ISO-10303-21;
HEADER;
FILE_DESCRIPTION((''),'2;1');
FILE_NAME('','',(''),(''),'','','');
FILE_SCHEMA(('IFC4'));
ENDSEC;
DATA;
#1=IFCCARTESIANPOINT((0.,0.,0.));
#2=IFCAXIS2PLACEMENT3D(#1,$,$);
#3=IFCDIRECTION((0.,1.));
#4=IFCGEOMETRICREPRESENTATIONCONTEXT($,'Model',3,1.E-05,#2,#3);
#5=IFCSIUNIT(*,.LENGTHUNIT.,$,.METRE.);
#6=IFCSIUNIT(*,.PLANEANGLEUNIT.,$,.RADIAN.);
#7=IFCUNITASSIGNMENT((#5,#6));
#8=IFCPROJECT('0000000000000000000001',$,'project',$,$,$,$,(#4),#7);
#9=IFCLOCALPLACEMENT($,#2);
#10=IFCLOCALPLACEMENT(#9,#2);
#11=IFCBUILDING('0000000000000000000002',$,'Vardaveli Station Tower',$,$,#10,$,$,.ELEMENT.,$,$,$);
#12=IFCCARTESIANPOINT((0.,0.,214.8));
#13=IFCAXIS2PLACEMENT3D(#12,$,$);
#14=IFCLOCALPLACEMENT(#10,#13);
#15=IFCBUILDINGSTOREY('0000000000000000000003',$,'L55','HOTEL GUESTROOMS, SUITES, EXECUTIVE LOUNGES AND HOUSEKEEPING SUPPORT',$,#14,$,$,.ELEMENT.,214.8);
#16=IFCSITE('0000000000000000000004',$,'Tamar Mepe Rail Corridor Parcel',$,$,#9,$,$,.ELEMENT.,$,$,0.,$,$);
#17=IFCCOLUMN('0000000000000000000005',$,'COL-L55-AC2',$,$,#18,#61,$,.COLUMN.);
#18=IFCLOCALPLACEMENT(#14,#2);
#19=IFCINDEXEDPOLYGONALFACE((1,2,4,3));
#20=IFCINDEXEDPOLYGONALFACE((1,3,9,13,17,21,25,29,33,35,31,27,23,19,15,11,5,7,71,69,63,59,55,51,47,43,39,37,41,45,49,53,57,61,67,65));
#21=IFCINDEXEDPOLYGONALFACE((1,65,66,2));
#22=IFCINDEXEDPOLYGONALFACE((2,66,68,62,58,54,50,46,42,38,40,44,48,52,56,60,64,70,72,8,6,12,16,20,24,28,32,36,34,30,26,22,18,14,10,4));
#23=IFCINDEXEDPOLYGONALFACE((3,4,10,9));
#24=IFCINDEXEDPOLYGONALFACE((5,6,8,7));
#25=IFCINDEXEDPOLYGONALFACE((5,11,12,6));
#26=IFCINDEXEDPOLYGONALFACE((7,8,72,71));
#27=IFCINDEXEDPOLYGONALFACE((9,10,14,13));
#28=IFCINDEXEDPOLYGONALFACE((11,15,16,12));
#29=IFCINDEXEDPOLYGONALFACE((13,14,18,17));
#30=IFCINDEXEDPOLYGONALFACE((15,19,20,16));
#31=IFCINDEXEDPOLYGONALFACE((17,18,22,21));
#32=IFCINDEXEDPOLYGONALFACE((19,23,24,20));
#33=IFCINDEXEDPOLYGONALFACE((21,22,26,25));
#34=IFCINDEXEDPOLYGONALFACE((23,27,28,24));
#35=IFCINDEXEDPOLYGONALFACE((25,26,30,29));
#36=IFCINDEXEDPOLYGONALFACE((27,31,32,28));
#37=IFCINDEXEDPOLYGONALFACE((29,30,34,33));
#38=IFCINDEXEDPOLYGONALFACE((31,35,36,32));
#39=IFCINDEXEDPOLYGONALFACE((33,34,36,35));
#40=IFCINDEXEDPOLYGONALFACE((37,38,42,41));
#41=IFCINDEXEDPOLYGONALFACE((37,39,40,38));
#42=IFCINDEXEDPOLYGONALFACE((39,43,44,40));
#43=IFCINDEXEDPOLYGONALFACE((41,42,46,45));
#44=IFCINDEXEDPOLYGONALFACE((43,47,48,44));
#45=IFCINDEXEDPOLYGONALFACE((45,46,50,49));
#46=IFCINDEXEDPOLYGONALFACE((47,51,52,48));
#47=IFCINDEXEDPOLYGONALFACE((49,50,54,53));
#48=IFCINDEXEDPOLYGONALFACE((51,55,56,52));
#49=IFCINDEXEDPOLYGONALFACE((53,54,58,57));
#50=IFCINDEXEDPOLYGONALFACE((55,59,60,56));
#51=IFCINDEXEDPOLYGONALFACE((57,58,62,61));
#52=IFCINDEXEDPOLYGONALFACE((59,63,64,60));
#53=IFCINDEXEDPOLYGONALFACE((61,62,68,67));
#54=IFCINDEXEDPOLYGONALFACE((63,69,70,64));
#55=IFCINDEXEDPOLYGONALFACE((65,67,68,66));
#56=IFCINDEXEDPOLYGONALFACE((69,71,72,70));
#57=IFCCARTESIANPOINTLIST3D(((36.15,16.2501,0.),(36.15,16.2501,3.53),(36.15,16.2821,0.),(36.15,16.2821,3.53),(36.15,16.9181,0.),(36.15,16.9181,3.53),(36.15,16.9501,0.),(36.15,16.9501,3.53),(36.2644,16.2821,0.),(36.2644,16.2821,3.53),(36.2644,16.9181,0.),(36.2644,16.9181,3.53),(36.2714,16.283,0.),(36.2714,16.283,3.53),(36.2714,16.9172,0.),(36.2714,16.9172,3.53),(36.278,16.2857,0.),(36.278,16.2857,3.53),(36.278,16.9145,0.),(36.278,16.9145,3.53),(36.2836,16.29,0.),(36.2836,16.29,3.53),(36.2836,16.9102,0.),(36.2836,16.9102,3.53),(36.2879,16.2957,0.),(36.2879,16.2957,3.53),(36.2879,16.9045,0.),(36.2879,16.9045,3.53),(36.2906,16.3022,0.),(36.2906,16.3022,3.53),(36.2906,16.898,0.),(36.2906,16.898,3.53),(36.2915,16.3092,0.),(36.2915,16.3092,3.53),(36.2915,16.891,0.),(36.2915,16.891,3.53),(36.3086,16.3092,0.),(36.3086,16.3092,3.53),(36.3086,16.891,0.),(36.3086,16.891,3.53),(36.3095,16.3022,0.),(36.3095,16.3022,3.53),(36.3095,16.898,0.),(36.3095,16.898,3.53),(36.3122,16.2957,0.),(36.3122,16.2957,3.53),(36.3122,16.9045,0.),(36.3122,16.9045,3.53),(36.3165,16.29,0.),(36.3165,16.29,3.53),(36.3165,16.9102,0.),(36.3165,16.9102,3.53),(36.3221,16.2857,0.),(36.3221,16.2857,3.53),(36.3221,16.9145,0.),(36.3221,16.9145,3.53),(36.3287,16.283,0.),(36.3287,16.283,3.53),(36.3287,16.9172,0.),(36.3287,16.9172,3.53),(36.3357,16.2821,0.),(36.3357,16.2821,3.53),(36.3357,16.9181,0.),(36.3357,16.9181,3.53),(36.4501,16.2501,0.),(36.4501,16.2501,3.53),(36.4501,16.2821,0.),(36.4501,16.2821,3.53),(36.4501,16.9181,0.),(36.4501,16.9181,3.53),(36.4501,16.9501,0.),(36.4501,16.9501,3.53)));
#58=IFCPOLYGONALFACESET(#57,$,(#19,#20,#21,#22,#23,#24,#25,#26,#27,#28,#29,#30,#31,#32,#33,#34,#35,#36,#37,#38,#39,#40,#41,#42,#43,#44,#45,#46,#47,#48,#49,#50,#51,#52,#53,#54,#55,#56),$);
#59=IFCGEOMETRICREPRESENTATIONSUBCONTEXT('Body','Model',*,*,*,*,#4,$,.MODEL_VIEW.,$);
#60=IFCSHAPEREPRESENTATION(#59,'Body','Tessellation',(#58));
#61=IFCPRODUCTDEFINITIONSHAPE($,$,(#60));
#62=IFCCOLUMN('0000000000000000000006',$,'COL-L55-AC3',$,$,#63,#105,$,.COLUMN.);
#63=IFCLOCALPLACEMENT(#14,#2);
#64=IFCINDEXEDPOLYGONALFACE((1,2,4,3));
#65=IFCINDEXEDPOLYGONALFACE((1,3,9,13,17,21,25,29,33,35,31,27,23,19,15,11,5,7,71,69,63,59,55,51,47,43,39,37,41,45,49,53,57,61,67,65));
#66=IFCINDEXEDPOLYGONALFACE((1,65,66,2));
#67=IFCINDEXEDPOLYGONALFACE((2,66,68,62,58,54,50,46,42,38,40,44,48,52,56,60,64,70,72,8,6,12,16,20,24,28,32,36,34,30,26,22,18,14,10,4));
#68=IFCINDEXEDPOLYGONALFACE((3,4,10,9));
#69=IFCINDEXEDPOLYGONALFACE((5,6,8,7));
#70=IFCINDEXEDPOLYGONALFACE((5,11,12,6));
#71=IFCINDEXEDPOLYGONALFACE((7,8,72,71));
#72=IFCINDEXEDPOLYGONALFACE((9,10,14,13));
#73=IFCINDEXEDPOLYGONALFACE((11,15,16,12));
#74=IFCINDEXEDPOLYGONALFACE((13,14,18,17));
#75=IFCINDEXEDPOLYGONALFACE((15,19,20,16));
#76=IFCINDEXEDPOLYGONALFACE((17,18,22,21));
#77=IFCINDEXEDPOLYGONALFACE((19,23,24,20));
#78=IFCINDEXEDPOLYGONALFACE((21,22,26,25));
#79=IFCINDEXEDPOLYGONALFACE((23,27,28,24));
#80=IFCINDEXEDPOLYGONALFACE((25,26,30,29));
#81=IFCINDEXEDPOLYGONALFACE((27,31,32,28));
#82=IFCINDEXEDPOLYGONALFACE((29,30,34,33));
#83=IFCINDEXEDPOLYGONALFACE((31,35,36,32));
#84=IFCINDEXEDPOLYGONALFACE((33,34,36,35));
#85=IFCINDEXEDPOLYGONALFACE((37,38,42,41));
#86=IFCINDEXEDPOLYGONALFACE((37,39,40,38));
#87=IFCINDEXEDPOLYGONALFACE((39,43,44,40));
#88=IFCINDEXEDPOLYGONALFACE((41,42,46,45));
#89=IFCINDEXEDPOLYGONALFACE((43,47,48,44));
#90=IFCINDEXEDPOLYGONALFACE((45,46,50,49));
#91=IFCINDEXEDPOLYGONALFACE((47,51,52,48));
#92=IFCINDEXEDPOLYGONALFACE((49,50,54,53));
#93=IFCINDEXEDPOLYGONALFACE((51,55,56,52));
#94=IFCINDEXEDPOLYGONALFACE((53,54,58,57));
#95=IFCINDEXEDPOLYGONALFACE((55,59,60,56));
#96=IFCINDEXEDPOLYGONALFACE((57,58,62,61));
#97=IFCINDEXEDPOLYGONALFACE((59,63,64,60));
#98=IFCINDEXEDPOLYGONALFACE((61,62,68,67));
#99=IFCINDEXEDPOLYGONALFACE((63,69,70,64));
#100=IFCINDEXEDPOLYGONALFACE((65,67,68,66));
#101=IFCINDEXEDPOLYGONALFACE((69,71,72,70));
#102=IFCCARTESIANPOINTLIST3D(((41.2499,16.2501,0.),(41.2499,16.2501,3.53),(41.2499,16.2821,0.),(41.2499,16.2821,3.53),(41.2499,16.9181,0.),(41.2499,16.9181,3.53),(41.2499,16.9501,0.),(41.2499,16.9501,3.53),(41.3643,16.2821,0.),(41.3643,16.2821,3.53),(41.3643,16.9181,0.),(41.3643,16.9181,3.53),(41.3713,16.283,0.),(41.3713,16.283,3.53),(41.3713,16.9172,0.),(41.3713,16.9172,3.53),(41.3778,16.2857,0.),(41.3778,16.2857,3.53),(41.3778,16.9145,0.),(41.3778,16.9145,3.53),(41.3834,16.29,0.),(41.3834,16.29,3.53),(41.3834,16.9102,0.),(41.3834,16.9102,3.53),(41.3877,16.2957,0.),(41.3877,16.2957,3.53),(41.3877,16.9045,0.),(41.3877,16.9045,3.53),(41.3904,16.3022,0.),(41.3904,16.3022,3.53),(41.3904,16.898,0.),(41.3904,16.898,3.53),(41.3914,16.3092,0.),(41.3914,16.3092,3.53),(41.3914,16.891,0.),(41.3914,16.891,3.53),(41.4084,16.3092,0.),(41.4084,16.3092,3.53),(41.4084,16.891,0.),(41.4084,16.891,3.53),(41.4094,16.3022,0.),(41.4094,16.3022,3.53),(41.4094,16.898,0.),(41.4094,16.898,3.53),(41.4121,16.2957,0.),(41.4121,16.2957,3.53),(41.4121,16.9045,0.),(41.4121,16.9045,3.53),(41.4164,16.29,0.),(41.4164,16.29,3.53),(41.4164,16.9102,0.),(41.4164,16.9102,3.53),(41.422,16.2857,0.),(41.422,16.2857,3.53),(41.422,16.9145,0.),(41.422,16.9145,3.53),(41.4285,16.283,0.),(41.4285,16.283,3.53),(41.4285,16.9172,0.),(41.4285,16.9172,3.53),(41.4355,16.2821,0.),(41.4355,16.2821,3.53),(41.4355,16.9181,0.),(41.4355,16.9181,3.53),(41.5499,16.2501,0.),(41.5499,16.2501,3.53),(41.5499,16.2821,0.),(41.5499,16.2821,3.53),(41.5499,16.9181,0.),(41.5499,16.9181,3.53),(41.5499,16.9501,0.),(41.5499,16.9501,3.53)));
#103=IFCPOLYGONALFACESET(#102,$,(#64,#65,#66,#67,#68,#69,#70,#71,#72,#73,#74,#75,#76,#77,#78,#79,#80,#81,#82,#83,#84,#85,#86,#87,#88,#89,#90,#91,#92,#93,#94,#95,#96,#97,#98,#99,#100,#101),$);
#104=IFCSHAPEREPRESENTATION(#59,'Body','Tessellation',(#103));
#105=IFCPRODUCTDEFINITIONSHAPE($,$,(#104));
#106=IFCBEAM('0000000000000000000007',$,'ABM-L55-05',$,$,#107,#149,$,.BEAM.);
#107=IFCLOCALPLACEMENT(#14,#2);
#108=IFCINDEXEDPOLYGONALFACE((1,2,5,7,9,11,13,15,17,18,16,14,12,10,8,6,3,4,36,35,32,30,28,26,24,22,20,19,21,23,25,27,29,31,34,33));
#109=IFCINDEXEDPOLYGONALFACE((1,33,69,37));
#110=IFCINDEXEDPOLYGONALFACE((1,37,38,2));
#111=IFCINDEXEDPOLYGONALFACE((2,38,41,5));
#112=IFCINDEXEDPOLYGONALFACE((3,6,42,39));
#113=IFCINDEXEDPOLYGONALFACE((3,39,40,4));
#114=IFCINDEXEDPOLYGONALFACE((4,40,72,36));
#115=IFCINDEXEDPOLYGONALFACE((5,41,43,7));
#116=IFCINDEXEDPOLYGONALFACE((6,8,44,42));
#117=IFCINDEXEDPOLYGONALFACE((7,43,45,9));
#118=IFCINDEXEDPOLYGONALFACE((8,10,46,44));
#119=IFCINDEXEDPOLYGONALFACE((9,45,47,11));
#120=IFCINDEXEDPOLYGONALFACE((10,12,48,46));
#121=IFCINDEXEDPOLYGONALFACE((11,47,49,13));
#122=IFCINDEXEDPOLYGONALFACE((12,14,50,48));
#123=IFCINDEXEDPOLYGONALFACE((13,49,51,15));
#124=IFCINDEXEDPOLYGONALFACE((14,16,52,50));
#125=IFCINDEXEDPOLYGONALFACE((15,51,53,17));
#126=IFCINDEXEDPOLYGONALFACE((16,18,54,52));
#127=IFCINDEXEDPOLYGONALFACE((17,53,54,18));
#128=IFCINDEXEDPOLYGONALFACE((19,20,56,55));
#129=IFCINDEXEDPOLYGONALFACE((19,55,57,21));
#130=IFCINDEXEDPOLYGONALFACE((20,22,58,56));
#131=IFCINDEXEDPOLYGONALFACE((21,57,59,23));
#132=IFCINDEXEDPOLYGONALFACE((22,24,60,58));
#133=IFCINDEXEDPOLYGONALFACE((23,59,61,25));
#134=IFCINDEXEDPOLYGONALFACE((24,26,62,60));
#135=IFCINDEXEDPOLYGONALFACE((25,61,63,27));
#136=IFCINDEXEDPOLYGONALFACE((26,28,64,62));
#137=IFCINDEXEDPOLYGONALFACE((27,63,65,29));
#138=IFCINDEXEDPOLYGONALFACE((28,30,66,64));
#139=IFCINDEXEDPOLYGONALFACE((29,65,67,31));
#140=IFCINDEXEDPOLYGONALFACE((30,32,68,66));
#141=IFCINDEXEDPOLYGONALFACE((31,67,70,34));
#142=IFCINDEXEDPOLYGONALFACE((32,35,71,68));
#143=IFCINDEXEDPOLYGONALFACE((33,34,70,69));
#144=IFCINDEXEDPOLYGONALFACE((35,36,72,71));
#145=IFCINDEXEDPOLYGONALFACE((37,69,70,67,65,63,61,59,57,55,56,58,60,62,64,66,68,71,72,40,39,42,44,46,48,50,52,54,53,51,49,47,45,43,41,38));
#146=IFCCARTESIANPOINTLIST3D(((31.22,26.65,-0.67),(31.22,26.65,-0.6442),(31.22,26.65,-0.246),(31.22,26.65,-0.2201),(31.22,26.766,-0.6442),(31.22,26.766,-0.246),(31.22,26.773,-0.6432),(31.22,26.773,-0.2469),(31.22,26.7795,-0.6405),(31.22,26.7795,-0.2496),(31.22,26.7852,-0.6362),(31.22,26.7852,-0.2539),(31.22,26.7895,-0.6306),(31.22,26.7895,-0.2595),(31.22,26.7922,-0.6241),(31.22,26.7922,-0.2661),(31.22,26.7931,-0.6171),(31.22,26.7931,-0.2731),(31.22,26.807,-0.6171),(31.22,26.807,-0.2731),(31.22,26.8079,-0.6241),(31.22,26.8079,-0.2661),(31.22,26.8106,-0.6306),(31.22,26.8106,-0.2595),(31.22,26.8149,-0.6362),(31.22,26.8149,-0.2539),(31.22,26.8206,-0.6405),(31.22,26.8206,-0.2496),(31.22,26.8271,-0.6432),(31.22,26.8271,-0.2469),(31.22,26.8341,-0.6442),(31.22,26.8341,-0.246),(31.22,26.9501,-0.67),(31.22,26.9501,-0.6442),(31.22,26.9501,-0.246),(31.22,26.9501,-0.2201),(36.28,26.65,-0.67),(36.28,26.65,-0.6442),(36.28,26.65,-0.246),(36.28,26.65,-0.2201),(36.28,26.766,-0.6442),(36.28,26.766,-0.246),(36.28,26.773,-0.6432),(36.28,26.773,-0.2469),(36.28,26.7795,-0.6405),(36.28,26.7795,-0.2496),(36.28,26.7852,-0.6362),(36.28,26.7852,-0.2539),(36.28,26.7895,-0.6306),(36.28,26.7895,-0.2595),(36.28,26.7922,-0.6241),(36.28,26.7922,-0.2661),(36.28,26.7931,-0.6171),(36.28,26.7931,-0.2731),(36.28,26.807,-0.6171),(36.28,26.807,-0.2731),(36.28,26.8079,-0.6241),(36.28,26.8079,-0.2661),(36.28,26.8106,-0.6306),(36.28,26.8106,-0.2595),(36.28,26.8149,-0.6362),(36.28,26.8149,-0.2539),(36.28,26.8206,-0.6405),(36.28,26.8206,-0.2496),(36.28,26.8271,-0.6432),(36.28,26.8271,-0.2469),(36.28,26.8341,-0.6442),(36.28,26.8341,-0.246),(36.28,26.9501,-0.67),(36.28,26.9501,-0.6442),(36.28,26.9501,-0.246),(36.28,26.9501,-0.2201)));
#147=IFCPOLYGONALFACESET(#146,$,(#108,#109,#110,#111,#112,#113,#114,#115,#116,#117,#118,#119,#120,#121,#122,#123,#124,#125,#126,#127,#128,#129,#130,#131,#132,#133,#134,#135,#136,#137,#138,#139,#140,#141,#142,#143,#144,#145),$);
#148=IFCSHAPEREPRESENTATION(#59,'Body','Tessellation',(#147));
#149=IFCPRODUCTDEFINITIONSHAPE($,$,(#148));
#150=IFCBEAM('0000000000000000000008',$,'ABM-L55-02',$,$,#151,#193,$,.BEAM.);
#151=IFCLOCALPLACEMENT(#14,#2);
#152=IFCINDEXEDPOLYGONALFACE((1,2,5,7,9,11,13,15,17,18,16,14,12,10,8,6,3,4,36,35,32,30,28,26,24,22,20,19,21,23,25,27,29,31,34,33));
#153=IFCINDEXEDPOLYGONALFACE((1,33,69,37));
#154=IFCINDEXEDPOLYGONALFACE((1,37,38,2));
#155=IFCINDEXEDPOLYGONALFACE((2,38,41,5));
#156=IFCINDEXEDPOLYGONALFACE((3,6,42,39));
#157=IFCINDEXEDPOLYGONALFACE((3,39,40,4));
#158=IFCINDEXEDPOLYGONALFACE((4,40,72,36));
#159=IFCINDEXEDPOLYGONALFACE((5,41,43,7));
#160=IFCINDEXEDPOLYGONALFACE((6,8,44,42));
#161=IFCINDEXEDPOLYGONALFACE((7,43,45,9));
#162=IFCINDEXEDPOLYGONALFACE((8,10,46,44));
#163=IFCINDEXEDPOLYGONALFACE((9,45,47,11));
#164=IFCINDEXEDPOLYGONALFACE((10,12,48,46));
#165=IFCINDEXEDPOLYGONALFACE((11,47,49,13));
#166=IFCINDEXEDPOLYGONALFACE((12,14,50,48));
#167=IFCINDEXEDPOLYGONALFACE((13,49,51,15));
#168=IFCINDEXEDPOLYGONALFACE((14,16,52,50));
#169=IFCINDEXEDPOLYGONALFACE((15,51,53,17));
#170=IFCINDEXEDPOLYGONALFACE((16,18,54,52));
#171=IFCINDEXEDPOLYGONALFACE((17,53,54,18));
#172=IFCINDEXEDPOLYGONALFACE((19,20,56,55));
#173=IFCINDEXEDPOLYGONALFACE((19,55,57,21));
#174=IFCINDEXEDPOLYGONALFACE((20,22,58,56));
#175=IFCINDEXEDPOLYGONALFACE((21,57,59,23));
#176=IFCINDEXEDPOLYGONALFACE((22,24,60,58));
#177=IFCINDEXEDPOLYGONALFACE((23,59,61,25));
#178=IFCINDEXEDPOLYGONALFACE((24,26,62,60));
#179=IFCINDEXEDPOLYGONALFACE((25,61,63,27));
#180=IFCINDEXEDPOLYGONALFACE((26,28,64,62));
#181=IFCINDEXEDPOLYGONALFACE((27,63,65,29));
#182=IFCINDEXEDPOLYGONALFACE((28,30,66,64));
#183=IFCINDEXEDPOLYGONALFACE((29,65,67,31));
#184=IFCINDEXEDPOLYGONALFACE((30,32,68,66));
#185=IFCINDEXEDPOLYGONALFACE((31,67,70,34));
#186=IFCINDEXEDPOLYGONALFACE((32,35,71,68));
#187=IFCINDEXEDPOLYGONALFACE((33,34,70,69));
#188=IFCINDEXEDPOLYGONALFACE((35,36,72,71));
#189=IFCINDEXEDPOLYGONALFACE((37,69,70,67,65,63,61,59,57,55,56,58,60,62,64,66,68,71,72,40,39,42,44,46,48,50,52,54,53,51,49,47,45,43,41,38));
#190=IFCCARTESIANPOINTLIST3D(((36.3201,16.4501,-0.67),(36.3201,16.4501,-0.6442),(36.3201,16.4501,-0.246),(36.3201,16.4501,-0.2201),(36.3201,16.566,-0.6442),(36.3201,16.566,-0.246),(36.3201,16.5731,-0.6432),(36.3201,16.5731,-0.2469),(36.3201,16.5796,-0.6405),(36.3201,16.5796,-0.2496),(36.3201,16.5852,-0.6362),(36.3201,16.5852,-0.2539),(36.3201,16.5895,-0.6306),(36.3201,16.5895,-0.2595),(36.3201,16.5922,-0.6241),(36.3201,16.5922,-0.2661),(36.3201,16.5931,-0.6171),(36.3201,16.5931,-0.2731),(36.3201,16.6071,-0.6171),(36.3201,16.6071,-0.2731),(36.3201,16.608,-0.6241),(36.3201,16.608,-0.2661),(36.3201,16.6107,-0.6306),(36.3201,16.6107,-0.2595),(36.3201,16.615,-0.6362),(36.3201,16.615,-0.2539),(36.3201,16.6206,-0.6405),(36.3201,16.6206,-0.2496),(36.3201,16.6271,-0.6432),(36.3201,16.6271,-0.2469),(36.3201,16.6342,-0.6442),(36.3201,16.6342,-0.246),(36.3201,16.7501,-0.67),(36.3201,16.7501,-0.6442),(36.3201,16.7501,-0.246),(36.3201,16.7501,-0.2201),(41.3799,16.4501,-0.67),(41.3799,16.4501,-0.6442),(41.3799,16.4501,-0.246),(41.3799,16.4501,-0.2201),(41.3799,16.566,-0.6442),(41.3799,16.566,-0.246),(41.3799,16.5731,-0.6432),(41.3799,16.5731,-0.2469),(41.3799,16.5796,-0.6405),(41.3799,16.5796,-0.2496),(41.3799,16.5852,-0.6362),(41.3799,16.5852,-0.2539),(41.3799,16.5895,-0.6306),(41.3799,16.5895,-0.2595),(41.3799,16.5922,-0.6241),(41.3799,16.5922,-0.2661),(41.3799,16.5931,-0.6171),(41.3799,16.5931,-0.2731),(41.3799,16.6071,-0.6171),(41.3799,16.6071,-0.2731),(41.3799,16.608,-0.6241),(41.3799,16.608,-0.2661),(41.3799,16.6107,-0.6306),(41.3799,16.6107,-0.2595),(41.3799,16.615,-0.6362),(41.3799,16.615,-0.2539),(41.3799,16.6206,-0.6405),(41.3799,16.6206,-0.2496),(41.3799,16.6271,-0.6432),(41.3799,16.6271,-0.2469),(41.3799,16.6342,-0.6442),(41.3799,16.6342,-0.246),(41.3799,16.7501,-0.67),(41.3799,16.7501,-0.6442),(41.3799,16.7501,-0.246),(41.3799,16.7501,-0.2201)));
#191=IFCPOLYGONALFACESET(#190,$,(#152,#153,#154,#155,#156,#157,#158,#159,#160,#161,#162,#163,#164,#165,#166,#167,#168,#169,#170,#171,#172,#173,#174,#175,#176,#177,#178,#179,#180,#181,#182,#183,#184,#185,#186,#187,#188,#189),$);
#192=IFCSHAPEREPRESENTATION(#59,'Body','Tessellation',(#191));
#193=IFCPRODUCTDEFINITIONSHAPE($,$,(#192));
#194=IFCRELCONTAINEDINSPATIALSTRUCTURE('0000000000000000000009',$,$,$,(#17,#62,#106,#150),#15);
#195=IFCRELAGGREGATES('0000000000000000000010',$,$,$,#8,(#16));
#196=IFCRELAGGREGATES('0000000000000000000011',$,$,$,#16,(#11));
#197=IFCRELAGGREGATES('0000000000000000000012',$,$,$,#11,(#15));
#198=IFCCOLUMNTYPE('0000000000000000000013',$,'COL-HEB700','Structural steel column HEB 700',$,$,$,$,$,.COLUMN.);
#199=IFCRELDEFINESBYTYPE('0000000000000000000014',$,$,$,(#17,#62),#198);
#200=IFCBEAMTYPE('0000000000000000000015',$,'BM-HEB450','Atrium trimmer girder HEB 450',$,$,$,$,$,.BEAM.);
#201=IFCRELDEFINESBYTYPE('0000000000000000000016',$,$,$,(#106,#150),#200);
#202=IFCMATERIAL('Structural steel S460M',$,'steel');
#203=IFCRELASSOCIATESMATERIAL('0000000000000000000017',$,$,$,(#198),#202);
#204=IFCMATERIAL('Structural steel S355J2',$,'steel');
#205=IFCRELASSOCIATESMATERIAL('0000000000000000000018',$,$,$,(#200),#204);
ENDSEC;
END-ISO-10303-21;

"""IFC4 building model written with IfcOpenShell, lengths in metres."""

from ifc_helpers import new_model, si_unit, direction, frame, origin, origin_2d, place, context, subcontext, project, spatial, i_section, extrude, source, transform, mapped, material, material_profile, profile_set, type_object, element, save


model = new_model("IFC4")

# Units and contexts
model_context = context("Model", 3, precision=1e-05, world=origin(), true_north=direction((0.0, 1.0)))
body_context = subcontext(model_context, "Body", "Model", "MODEL_VIEW")
ifc_project = project(units=[si_unit("LENGTHUNIT", "METRE"), si_unit("PLANEANGLEUNIT", "RADIAN")], contexts=[model_context])

# Site, building, storey
site_placement = place(None, origin())
site = spatial("IfcSite", under=ifc_project, at=site_placement, Name="Tamar Mepe Rail Corridor Parcel", CompositionType="ELEMENT", RefElevation=0.0)
building_placement = place(site_placement, origin())
building = spatial("IfcBuilding", under=site, at=building_placement, Name="Vardaveli Station Tower", CompositionType="ELEMENT")
storey_placement = place(building_placement, frame((0.0, 0.0, 214.8)))
storey = spatial("IfcBuildingStorey", under=building, at=storey_placement, Name="L55", Description="HOTEL GUESTROOMS, SUITES, EXECUTIVE LOUNGES AND HOUSEKEEPING SUPPORT", CompositionType="ELEMENT", Elevation=214.8)

# Columns
ifc_material_1 = material(Name="Structural steel S460M", Category="steel")
ifc_material_profile_1 = material_profile(ifc_material_1, i_section(OverallWidth=0.3, OverallDepth=0.7, WebThickness=0.0171, FlangeThickness=0.032, FilletRadius=0.0271, at=origin_2d()), Name="HEB 700")
ifc_profile_set_1 = profile_set([ifc_material_profile_1], Name="Structural steel S460M")
column_type = type_object("IfcColumnType", Name="COL-HEB700", Description="Structural steel column HEB 700", PredefinedType="COLUMN", material=ifc_profile_set_1)
shared_shape_1 = source(origin(), body_context, "Body", "SweptSolid", [
    extrude(i_section(OverallWidth=0.3, OverallDepth=0.7, WebThickness=0.0171, FlangeThickness=0.032, FilletRadius=0.0271, at=origin_2d()), origin(), (0.0, 0.0, 1.0), 3.53),
])
for number, where, z_axis, x_axis, name in (
    (1, (36.3, 16.6001, 0.0), (0.0, 0.0, 1.0), (1.0, 0.0, 0.0), "COL-L55-AC2"),
    (2, (41.3999, 16.6001, 0.0), (0.0, 0.0, 1.0), (1.0, 0.0, 0.0), "COL-L55-AC3"),
):
    element("IfcColumn", number, at=place(storey_placement, frame(where, z_axis=z_axis, x_axis=x_axis)), inside=storey, type_object=column_type, Name=name, PredefinedType="COLUMN", context=body_context, shape_type="MappedRepresentation", body=[
        mapped(shared_shape_1, transform((0.0, 0.0, 0.0), scale=1.0)),
    ])

# Beams
ifc_material_2 = material(Name="Structural steel S355J2", Category="steel")
ifc_material_profile_2 = material_profile(ifc_material_2, i_section(OverallWidth=0.3, OverallDepth=0.45, WebThickness=0.0139, FlangeThickness=0.0259, FilletRadius=0.0271, at=origin_2d()), Name="HEB 450")
ifc_profile_set_2 = profile_set([ifc_material_profile_2], Name="Structural steel S355J2")
beam_type = type_object("IfcBeamType", Name="BM-HEB450", Description="Atrium trimmer girder HEB 450", PredefinedType="BEAM", material=ifc_profile_set_2)
shared_shape_2 = source(origin(), body_context, "Body", "SweptSolid", [
    extrude(i_section(OverallWidth=0.3, OverallDepth=0.45, WebThickness=0.0139, FlangeThickness=0.0259, FilletRadius=0.0271, at=origin_2d()), origin(), (0.0, 0.0, 1.0), 5.0601),
])
beam_1_placement = place(storey_placement, frame((36.28, 26.8, -0.4451), z_axis=(-1.0, 0.0, 0.0), x_axis=(0.0, -1.0, 0.0)))
element("IfcBeam", 3, at=beam_1_placement, inside=storey, type_object=beam_type, Name="ABM-L55-05", PredefinedType="BEAM", context=body_context, shape_type="MappedRepresentation", body=[
    mapped(shared_shape_2, transform((0.0, 0.0, 0.0), scale=1.0)),
])
shared_shape_3 = source(origin(), body_context, "Body", "SweptSolid", [
    extrude(i_section(OverallWidth=0.3, OverallDepth=0.45, WebThickness=0.0139, FlangeThickness=0.0259, FilletRadius=0.0271, at=origin_2d()), origin(), (0.0, 0.0, 1.0), 5.0598),
])
beam_2_placement = place(storey_placement, frame((36.3201, 16.6001, -0.4451), z_axis=(1.0, 0.0, 0.0), x_axis=(0.0, 1.0, 0.0)))
element("IfcBeam", 4, at=beam_2_placement, inside=storey, type_object=beam_type, Name="ABM-L55-02", PredefinedType="BEAM", context=body_context, shape_type="MappedRepresentation", body=[
    mapped(shared_shape_3, transform((0.0, 0.0, 0.0), scale=1.0)),
])

save(model, "model.ifc")
